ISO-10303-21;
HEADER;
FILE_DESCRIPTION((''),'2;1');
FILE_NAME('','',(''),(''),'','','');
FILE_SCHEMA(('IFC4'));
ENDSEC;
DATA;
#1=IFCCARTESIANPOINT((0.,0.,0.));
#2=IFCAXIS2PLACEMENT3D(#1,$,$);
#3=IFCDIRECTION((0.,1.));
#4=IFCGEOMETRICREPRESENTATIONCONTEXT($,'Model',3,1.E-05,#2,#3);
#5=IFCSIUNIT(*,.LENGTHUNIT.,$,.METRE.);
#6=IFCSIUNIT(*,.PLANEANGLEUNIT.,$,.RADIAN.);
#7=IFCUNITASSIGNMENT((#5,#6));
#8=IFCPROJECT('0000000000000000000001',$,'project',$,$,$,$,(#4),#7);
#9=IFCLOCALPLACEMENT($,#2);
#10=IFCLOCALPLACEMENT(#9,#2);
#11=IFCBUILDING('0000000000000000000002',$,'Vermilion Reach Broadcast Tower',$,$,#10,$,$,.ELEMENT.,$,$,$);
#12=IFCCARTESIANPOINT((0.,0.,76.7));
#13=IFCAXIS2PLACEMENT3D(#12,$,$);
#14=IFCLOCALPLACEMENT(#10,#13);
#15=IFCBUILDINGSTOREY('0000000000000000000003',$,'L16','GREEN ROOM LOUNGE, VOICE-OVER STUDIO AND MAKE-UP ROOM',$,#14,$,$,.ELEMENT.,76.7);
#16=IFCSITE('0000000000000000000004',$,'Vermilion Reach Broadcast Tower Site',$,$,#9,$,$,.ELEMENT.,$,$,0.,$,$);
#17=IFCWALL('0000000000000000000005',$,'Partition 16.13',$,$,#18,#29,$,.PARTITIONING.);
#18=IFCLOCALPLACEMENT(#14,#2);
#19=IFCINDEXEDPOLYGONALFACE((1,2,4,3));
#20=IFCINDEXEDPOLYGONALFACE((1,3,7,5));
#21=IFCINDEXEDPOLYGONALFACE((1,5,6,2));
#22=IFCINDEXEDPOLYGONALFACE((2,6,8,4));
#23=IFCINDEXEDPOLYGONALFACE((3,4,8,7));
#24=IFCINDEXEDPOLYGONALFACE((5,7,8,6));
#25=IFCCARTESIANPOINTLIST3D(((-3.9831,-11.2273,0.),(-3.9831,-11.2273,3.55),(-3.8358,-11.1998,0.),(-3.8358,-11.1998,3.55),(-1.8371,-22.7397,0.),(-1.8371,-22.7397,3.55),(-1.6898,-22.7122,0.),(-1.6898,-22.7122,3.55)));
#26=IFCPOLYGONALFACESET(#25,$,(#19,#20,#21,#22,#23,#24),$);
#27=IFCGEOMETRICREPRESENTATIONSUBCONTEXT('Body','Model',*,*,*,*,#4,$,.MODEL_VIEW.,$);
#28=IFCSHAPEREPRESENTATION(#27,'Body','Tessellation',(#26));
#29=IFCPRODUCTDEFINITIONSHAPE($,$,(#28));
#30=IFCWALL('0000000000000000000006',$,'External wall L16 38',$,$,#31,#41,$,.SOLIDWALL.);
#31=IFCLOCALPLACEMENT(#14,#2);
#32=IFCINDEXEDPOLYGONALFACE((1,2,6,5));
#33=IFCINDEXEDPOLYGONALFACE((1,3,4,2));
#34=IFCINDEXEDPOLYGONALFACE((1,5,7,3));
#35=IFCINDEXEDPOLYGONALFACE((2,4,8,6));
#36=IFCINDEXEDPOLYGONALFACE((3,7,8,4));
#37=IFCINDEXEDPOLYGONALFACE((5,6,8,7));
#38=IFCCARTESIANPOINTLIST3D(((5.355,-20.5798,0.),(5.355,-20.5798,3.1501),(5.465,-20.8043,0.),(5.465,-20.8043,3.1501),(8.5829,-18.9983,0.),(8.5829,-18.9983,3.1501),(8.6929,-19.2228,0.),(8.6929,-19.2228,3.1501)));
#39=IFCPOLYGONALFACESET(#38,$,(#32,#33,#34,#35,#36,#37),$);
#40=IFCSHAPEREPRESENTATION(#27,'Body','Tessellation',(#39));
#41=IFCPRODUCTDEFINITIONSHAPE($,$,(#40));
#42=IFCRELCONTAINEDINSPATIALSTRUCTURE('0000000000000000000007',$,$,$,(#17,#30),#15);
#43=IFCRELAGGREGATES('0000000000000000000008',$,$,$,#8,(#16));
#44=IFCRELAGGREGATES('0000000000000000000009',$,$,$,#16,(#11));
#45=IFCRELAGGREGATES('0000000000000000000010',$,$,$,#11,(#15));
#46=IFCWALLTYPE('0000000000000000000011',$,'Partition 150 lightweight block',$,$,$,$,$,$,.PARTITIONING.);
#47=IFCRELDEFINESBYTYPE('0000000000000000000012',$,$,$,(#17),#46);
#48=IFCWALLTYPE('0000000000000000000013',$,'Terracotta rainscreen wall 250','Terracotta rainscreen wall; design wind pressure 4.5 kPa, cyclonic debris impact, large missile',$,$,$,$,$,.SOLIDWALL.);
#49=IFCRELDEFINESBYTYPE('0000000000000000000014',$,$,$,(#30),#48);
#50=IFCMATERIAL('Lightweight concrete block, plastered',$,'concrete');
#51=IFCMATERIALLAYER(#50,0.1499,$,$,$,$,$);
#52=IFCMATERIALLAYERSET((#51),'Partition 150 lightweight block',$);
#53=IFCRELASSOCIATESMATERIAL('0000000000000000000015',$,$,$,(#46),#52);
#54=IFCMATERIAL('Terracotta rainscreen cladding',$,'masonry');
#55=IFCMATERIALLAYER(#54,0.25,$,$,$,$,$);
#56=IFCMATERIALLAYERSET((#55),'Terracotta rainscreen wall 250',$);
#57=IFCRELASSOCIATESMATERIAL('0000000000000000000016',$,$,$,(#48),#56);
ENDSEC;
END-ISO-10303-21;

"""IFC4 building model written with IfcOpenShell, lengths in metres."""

from ifc_helpers import new_model, si_unit, direction, frame, frame_2d, origin, place, context, subcontext, project, spatial, rectangle, extrude, material, layer, layer_set, type_object, element, save


model = new_model("IFC4")

# Units and contexts
model_context = context("Model", 3, precision=1e-05, world=origin(), true_north=direction((0.0, 1.0)))
body_context = subcontext(model_context, "Body", "Model", "MODEL_VIEW")
ifc_project = project(units=[si_unit("LENGTHUNIT", "METRE"), si_unit("PLANEANGLEUNIT", "RADIAN")], contexts=[model_context])

# Site, building, storey
site_placement = place(None, origin())
site = spatial("IfcSite", under=ifc_project, at=site_placement, Name="Vermilion Reach Broadcast Tower Site", CompositionType="ELEMENT", RefElevation=0.0)
building_placement = place(site_placement, origin())
building = spatial("IfcBuilding", under=site, at=building_placement, Name="Vermilion Reach Broadcast Tower", CompositionType="ELEMENT")
storey_placement = place(building_placement, frame((0.0, 0.0, 76.7)))
storey = spatial("IfcBuildingStorey", under=building, at=storey_placement, Name="L16", Description="GREEN ROOM LOUNGE, VOICE-OVER STUDIO AND MAKE-UP ROOM", CompositionType="ELEMENT", Elevation=76.7)

# Walls
ifc_material_1 = material(Name="Lightweight concrete block, plastered", Category="concrete")
ifc_layer_1 = layer(ifc_material_1, 0.1499)
ifc_layer_set_1 = layer_set([ifc_layer_1], Name="Partition 150 lightweight block")
wall_type_1 = type_object("IfcWallType", Name="Partition 150 lightweight block", PredefinedType="PARTITIONING", material=ifc_layer_set_1)
wall_1_placement = place(storey_placement, frame((-1.7634, -22.7261, 0.0), z_axis=(0.0, 0.0, 1.0), x_axis=(-0.18325, 0.983066, 0.0)))
element("IfcWall", 1, at=wall_1_placement, inside=storey, type_object=wall_type_1, Name="Partition 16.13", PredefinedType="PARTITIONING", context=body_context, shape_type="SweptSolid", body=[
    extrude(rectangle(XDim=11.7107, YDim=0.1499, at=frame_2d((5.8555, 0.0))), origin(), (0.0, 0.0, 1.0), 3.55),
])
ifc_material_2 = material(Name="Terracotta rainscreen cladding", Category="masonry")
ifc_layer_2 = layer(ifc_material_2, 0.25)
ifc_layer_set_2 = layer_set([ifc_layer_2], Name="Terracotta rainscreen wall 250")
wall_type_2 = type_object("IfcWallType", Name="Terracotta rainscreen wall 250", Description="Terracotta rainscreen wall; design wind pressure 4.5 kPa, cyclonic debris impact, large missile", PredefinedType="SOLIDWALL", material=ifc_layer_set_2)
wall_2_placement = place(storey_placement, frame((5.4099, -20.6921, 0.0), z_axis=(0.0, 0.0, 1.0), x_axis=(0.897998, 0.439999, 0.0)))
element("IfcWall", 2, at=wall_2_placement, inside=storey, type_object=wall_type_2, Name="External wall L16 38", PredefinedType="SOLIDWALL", context=body_context, shape_type="SweptSolid", body=[
    extrude(rectangle(XDim=3.5945, YDim=0.25, at=frame_2d((1.7974, 0.0))), origin(), (0.0, 0.0, 1.0), 3.1501),
])

save(model, "model.ifc")
